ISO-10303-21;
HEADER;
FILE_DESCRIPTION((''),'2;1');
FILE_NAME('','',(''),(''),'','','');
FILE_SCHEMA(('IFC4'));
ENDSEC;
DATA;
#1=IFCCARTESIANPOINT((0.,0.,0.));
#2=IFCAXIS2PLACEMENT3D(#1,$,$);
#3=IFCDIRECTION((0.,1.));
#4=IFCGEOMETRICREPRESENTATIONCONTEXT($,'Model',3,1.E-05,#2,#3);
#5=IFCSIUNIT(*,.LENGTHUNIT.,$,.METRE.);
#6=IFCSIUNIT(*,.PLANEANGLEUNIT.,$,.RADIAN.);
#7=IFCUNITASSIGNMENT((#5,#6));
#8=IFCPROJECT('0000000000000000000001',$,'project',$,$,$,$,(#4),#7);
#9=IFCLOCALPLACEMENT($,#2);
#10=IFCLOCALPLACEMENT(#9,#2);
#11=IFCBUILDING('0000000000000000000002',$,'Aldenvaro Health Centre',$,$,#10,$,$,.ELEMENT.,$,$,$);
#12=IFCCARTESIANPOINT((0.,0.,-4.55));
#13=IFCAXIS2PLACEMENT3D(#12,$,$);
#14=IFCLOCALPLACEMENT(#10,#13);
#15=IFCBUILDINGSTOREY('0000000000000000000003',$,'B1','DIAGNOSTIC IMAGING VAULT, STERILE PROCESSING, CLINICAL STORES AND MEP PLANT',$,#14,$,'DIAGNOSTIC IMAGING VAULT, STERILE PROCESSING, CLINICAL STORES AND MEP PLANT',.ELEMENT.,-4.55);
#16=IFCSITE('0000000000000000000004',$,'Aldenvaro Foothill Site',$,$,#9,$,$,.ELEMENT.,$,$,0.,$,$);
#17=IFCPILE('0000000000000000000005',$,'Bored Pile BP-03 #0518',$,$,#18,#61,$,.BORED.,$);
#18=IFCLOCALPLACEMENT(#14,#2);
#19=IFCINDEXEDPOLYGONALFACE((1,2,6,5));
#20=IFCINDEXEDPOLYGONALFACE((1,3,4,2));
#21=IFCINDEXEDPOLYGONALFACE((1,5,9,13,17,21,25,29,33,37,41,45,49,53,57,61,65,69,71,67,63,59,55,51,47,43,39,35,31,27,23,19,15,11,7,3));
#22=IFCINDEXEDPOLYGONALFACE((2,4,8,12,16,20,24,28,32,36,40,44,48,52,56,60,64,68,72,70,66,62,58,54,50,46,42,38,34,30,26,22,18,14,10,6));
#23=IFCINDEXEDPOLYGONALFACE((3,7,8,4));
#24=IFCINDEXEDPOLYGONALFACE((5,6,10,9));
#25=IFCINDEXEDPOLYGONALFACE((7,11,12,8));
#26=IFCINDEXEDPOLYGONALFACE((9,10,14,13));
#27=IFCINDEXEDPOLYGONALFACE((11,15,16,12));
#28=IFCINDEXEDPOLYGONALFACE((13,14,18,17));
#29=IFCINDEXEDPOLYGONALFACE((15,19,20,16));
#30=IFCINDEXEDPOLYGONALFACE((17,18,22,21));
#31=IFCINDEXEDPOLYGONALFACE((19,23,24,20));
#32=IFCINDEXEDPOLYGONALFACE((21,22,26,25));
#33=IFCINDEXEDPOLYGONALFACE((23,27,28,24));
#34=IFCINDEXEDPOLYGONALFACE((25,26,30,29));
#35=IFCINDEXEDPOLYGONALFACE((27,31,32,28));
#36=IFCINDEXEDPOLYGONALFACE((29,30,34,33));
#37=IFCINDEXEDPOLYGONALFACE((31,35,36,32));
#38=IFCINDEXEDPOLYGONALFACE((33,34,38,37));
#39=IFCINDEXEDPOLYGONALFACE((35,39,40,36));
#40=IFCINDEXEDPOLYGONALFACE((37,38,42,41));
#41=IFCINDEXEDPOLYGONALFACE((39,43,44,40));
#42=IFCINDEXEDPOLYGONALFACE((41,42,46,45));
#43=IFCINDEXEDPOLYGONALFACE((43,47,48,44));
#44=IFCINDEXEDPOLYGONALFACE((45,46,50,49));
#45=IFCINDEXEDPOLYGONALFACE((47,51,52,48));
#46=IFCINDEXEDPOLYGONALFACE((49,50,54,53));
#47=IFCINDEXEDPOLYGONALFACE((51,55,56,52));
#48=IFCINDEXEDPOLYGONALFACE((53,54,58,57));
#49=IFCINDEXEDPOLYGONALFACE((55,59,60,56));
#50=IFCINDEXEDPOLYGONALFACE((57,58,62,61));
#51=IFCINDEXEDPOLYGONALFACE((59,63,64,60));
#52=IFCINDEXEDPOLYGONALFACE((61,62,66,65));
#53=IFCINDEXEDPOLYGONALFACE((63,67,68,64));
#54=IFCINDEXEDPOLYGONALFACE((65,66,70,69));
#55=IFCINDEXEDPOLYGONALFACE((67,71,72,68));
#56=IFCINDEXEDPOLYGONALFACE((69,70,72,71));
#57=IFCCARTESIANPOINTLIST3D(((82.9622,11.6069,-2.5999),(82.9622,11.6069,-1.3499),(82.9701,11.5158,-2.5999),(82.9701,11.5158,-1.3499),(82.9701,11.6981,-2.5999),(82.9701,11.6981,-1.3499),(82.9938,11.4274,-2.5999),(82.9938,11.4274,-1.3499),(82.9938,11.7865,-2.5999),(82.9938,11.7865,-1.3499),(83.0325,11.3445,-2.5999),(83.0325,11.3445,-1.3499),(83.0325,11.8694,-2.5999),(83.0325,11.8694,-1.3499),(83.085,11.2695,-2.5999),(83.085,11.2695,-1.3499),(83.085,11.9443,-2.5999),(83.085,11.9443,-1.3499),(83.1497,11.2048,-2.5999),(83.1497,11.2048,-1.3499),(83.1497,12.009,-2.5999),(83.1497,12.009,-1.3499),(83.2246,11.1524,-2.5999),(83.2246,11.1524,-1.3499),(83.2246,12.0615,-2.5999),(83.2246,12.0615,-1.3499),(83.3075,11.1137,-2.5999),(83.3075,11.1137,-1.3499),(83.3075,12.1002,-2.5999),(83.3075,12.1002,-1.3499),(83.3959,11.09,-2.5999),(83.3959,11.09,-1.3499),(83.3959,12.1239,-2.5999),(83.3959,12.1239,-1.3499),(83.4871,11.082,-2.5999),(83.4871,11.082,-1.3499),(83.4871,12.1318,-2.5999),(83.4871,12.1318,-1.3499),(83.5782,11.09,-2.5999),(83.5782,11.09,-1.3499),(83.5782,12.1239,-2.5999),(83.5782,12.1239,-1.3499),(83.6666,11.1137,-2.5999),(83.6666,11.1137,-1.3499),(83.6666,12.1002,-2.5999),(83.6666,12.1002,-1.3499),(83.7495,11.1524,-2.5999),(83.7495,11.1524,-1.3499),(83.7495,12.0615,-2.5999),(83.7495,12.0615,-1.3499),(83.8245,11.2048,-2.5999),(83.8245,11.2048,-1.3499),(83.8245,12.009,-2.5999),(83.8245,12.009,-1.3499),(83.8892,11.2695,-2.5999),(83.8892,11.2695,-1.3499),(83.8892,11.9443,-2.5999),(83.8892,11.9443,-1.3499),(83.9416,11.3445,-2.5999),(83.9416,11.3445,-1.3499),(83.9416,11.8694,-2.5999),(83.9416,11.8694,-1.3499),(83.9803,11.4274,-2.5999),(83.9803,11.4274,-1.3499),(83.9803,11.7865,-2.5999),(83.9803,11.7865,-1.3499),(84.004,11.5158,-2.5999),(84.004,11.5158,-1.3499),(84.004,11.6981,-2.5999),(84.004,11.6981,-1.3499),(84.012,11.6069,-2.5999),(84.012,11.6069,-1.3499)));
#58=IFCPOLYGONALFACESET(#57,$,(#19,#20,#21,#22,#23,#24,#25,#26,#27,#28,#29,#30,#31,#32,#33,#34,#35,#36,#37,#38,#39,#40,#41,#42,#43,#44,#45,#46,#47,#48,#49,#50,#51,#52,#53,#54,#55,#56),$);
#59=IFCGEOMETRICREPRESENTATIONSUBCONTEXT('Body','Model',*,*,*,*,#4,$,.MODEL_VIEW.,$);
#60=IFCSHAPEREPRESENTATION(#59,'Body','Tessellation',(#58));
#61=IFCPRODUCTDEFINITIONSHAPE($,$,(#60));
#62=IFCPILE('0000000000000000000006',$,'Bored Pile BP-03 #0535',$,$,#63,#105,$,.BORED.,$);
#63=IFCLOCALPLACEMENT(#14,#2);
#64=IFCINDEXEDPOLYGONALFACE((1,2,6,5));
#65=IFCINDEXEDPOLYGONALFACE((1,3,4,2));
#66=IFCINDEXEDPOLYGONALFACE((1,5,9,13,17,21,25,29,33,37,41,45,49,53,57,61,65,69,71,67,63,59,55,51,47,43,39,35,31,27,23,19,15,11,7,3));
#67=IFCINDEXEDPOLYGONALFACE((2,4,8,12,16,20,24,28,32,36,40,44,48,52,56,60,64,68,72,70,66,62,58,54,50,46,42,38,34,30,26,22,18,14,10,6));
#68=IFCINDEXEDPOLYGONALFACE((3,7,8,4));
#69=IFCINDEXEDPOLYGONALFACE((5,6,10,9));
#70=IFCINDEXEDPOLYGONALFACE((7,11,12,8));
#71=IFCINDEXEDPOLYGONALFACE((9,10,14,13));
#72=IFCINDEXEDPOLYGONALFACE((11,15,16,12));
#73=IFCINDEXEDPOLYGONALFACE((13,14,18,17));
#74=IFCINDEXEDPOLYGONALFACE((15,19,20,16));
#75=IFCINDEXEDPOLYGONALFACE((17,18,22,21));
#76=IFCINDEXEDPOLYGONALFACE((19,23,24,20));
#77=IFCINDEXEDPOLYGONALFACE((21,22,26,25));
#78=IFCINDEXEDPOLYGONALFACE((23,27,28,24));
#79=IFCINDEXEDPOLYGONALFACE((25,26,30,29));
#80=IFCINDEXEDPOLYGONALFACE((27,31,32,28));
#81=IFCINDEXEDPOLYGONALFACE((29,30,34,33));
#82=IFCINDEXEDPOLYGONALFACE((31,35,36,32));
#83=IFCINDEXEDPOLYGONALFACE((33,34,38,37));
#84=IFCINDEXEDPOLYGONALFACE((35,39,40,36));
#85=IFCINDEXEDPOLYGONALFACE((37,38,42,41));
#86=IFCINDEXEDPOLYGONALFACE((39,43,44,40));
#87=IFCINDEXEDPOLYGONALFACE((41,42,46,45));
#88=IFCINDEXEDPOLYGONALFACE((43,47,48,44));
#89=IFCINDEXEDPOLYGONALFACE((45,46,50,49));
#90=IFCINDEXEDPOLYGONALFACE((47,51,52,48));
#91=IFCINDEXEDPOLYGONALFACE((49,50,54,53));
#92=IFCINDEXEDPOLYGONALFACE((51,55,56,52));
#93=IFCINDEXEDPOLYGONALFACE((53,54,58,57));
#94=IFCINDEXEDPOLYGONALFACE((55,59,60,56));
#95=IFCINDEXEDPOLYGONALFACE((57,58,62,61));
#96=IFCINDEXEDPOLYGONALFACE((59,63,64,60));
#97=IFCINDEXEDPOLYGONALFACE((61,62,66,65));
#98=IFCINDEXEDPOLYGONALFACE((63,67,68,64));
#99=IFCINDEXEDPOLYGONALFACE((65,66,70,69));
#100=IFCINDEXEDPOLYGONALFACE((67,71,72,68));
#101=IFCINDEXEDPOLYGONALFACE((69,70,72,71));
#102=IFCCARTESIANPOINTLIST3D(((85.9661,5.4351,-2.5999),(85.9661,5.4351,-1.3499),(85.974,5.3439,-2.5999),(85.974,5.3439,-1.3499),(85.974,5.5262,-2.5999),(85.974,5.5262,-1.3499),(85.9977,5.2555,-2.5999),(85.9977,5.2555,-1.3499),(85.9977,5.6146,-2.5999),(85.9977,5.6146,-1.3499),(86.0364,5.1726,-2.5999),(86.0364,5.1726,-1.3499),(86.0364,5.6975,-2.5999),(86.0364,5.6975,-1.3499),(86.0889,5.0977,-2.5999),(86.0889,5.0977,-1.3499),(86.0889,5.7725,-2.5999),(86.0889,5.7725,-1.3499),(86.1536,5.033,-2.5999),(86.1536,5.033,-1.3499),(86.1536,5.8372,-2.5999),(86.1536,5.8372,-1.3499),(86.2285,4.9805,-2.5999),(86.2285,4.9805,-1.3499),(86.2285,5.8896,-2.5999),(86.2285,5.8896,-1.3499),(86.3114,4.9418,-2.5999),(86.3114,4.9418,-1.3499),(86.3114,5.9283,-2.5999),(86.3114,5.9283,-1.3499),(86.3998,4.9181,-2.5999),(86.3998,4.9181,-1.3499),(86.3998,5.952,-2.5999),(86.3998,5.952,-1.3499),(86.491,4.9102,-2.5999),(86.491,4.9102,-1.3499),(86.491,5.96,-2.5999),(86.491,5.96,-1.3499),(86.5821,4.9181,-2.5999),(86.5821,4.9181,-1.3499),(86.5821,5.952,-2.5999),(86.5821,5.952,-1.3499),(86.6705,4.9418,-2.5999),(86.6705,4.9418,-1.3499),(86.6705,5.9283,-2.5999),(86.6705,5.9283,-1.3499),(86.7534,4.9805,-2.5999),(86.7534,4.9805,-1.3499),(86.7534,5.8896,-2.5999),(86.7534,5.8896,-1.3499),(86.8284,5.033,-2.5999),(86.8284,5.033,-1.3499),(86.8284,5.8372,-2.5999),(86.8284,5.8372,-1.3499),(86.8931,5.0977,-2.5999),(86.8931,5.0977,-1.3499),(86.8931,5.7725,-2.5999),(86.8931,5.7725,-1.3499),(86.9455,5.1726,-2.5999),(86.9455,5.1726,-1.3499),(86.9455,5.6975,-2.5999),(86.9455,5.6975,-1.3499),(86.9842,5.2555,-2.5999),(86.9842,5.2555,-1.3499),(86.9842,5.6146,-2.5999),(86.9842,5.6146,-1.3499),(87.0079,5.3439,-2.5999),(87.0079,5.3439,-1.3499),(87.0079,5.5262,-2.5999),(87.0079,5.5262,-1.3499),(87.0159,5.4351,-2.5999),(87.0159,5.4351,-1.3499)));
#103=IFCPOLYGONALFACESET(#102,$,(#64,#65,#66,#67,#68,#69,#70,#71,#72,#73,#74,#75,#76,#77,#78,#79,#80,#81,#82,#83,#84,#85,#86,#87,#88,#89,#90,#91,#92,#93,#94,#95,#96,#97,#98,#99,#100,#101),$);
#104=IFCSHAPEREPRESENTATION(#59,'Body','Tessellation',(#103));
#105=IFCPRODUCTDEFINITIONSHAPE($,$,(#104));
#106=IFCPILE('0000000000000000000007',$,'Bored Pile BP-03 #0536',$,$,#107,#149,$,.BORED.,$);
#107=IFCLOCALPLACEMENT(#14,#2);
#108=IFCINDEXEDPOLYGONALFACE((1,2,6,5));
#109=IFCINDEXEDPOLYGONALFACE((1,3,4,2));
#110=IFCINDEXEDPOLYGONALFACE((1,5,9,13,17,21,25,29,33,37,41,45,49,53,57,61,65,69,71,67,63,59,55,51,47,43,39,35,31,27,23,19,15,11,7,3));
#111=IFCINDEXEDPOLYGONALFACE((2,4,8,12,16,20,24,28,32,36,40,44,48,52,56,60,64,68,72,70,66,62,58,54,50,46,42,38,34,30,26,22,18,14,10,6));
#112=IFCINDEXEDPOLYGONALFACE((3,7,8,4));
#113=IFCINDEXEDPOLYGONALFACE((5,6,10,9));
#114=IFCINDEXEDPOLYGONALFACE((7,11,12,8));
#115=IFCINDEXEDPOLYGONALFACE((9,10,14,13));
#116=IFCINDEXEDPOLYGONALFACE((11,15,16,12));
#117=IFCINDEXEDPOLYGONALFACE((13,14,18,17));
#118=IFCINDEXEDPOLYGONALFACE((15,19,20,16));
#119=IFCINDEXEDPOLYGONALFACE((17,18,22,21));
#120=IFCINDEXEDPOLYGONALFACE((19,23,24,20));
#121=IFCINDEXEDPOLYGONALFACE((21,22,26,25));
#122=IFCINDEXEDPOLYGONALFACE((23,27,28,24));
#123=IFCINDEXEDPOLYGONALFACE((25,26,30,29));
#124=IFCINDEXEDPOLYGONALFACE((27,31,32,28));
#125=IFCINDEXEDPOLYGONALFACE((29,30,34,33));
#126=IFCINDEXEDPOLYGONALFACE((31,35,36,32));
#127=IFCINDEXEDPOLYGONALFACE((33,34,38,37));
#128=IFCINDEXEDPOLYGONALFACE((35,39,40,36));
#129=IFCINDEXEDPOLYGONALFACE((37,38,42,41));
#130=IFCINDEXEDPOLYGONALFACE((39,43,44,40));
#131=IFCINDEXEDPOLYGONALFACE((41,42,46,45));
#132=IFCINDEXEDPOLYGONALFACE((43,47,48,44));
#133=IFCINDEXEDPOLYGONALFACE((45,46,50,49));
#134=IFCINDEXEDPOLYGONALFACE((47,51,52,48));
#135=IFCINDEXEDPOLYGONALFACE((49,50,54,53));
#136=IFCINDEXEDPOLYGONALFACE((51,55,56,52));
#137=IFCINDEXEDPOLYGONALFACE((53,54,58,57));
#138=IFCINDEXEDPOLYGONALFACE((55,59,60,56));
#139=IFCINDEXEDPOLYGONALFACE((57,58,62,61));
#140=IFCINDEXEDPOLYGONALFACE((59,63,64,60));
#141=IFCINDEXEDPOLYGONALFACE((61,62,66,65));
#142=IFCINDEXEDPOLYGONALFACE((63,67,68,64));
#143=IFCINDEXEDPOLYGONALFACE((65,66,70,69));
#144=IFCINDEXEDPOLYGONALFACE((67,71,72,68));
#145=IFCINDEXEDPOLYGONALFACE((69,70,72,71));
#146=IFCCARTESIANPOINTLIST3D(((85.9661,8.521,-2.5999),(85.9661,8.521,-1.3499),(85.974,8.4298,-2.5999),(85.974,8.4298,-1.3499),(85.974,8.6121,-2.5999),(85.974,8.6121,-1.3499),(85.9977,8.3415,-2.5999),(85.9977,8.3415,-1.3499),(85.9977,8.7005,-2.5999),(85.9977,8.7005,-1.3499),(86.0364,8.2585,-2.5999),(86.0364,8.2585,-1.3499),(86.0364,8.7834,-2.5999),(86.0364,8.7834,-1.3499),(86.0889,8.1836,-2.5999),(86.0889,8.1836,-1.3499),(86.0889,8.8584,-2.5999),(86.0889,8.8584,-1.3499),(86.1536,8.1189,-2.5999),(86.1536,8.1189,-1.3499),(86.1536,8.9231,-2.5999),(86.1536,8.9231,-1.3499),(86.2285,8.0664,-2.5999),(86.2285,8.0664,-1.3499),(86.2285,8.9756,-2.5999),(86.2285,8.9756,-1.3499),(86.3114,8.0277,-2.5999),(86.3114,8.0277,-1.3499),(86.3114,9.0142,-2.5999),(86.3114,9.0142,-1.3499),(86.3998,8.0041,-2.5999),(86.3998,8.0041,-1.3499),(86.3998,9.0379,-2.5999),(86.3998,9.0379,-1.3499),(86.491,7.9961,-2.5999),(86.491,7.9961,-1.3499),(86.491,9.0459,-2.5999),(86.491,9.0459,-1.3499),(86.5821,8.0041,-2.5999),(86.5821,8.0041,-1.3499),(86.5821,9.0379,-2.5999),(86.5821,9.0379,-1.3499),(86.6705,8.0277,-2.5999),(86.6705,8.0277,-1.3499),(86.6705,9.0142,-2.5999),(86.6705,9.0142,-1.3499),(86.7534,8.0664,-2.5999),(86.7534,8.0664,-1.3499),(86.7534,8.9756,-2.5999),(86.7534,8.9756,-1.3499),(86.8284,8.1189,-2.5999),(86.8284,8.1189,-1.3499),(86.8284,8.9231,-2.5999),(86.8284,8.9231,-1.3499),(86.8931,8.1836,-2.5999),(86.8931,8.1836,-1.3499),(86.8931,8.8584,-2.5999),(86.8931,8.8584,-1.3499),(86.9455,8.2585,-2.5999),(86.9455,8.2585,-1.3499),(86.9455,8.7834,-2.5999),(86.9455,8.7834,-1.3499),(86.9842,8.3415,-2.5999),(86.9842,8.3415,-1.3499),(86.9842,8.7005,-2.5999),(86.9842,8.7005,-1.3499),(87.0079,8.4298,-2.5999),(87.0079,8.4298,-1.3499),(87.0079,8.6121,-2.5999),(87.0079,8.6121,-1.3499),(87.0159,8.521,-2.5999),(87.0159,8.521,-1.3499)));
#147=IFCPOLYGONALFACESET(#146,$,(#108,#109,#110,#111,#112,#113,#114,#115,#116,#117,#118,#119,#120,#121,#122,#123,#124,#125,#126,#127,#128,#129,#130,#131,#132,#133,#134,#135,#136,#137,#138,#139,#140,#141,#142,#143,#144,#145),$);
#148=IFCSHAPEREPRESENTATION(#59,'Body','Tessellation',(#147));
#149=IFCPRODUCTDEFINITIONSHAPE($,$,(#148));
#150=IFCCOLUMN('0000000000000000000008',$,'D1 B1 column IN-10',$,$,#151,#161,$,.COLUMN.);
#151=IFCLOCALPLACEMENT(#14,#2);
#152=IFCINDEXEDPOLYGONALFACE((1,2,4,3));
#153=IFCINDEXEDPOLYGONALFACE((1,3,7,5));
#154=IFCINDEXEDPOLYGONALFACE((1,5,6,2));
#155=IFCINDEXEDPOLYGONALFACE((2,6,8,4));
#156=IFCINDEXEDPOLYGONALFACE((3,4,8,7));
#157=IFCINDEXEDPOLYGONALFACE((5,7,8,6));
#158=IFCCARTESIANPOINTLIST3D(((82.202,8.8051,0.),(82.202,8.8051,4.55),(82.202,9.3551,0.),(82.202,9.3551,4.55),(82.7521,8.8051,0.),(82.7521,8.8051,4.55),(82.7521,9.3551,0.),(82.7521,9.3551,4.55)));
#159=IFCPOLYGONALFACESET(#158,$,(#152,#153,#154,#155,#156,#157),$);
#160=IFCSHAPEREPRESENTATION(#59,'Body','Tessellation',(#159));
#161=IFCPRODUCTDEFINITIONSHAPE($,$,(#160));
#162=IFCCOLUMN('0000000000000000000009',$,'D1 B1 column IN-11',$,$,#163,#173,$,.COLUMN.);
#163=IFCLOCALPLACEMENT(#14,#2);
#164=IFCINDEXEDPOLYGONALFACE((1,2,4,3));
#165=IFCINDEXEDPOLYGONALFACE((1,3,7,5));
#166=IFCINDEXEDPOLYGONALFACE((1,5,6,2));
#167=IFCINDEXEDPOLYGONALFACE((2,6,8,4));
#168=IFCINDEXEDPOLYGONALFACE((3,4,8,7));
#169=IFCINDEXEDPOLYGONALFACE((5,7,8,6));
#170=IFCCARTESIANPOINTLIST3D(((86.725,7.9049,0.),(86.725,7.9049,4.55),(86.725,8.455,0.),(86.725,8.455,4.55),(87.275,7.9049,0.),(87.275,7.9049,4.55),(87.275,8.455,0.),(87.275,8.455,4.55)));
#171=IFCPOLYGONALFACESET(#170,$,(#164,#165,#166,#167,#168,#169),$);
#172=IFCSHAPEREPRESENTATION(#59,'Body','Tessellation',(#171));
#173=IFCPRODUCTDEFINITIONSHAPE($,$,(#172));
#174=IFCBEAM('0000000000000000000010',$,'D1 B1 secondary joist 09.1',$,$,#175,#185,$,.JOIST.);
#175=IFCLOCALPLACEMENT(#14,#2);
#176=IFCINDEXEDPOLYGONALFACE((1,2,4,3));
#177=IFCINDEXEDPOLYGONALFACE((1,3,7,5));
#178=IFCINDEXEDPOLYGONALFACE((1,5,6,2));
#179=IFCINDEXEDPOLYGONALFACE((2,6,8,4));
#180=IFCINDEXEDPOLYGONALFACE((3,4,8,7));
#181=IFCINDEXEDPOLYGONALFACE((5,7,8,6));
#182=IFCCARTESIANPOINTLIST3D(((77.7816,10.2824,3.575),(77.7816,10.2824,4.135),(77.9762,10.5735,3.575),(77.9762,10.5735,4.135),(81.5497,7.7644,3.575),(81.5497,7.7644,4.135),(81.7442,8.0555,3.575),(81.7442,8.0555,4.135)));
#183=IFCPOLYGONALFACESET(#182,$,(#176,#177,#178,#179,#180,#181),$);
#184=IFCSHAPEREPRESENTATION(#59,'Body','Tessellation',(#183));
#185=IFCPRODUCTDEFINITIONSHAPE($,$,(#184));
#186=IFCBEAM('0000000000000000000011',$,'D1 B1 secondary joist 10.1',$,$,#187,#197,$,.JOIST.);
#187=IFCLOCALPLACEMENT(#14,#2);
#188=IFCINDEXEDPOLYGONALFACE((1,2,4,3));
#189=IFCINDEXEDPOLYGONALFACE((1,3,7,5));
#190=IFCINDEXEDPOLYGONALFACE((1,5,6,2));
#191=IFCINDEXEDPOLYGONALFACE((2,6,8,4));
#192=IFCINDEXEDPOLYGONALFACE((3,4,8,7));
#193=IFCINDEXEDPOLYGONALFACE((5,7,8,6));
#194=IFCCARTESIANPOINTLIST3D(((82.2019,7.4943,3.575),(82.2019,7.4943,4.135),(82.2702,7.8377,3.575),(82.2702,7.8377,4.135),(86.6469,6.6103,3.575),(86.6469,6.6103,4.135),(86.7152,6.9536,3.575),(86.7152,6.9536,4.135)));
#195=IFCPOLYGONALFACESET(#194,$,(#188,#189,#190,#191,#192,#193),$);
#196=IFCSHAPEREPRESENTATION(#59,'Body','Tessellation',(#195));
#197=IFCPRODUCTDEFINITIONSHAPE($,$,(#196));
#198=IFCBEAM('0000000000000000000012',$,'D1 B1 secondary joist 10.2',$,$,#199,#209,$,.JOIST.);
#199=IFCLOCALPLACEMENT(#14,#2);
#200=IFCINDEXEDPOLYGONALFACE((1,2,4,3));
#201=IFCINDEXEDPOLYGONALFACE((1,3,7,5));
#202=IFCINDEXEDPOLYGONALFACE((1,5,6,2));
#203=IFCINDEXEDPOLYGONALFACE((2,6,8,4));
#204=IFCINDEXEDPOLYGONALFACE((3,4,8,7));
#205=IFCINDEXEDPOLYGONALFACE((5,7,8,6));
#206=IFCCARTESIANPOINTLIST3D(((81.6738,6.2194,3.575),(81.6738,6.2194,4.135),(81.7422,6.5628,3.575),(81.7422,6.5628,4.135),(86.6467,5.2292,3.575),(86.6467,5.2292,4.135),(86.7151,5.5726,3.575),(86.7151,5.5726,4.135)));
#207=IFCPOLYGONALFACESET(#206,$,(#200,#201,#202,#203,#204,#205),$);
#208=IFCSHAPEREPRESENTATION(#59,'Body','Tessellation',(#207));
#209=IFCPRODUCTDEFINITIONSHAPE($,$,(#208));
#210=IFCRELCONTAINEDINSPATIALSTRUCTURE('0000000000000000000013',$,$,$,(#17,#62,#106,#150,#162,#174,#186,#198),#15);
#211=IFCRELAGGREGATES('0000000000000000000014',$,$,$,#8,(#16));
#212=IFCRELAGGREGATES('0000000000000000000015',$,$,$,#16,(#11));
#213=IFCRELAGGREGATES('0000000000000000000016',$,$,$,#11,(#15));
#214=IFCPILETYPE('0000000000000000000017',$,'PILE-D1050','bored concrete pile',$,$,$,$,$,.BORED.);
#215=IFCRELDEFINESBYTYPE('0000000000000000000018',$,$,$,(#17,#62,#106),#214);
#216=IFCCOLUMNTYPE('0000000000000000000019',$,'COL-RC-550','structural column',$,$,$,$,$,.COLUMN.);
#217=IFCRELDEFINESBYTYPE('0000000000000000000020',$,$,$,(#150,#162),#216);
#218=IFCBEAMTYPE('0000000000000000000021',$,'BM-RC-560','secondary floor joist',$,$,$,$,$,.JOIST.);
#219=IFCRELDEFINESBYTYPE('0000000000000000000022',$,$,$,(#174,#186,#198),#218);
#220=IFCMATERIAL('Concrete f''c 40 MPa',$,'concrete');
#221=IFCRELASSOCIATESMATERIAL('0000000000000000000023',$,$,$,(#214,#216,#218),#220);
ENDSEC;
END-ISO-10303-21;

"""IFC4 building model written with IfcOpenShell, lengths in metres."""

from ifc_helpers import new_model, si_unit, direction, frame, origin, origin_2d, place, context, subcontext, project, spatial, rectangle, circle, extrude, material, material_profile, profile_set, type_object, element, save


model = new_model("IFC4")

# Units and contexts
model_context = context("Model", 3, precision=1e-05, world=origin(), true_north=direction((0.0, 1.0)))
body_context = subcontext(model_context, "Body", "Model", "MODEL_VIEW")
ifc_project = project(units=[si_unit("LENGTHUNIT", "METRE"), si_unit("PLANEANGLEUNIT", "RADIAN")], contexts=[model_context])

# Site, building, storey
site_placement = place(None, origin())
site = spatial("IfcSite", under=ifc_project, at=site_placement, Name="Aldenvaro Foothill Site", CompositionType="ELEMENT", RefElevation=0.0)
building_placement = place(site_placement, origin())
building = spatial("IfcBuilding", under=site, at=building_placement, Name="Aldenvaro Health Centre", CompositionType="ELEMENT")
storey_placement = place(building_placement, frame((0.0, 0.0, -4.55)))
storey = spatial("IfcBuildingStorey", under=building, at=storey_placement, Name="B1", Description="DIAGNOSTIC IMAGING VAULT, STERILE PROCESSING, CLINICAL STORES AND MEP PLANT", LongName="DIAGNOSTIC IMAGING VAULT, STERILE PROCESSING, CLINICAL STORES AND MEP PLANT", CompositionType="ELEMENT", Elevation=-4.55)

# Piles
ifc_material_1 = material(Name="Concrete f'c 40 MPa", Category="concrete")
ifc_material_profile_1 = material_profile(ifc_material_1, circle(Radius=0.5249, at=origin_2d()), Name="PILE D1050", Category="concrete")
ifc_profile_set_1 = profile_set([ifc_material_profile_1], Name="Concrete f'c 40 MPa")
pile_type = type_object("IfcPileType", Name="PILE-D1050", Description="bored concrete pile", PredefinedType="BORED", material=ifc_profile_set_1)
for number, where, z_axis, x_axis, name in (
    (1, (83.4871, 11.6069, -1.3499), (0.0, 0.0, -1.0), (1.0, 0.0, 0.0), "Bored Pile BP-03 #0518"),
    (2, (86.491, 5.4351, -1.3499), (0.0, 0.0, -1.0), (1.0, 0.0, 0.0), "Bored Pile BP-03 #0535"),
    (3, (86.491, 8.521, -1.3499), (0.0, 0.0, -1.0), (1.0, 0.0, 0.0), "Bored Pile BP-03 #0536"),
):
    element("IfcPile", number, at=place(storey_placement, frame(where, z_axis=z_axis, x_axis=x_axis)), inside=storey, type_object=pile_type, Name=name, PredefinedType="BORED", context=body_context, shape_type="SweptSolid", body=[
        extrude(circle(Radius=0.5249, at=origin_2d()), origin(), (0.0, 0.0, 1.0), 1.25),
    ])

# Columns
ifc_material_profile_2 = material_profile(ifc_material_1, rectangle(XDim=0.55, YDim=0.55, at=origin_2d()), Name="RC 550x550", Category="concrete")
ifc_profile_set_2 = profile_set([ifc_material_profile_2], Name="Concrete f'c 40 MPa")
column_type = type_object("IfcColumnType", Name="COL-RC-550", Description="structural column", PredefinedType="COLUMN", material=ifc_profile_set_2)
for number, where, z_axis, x_axis, name in (
    (4, (82.4771, 9.0801, 0.0), (0.0, 0.0, 1.0), (1.0, 0.0, 0.0), "D1 B1 column IN-10"),
    (5, (87.0, 8.1799, 0.0), (0.0, 0.0, 1.0), (1.0, 0.0, 0.0), "D1 B1 column IN-11"),
):
    element("IfcColumn", number, at=place(storey_placement, frame(where, z_axis=z_axis, x_axis=x_axis)), inside=storey, type_object=column_type, Name=name, PredefinedType="COLUMN", context=body_context, shape_type="SweptSolid", body=[
        extrude(rectangle(XDim=0.55, YDim=0.55, at=origin_2d()), origin(), (0.0, 0.0, 1.0), 4.55),
    ])

# Beams
ifc_material_profile_3 = material_profile(ifc_material_1, rectangle(XDim=0.3501, YDim=0.5601, at=origin_2d()), Name="RC 350x560", Category="concrete")
ifc_profile_set_3 = profile_set([ifc_material_profile_3], Name="Concrete f'c 40 MPa")
beam_type_1 = type_object("IfcBeamType", Name="BM-RC-560", Description="secondary floor joist", PredefinedType="JOIST", material=ifc_profile_set_3)
for number, where, z_axis, x_axis, name in (
    (6, (77.8789, 10.428, 3.855), (0.831436, -0.55562, 0.0), (0.55562, 0.831436, 0.0), "D1 B1 secondary joist 09.1"),
    (7, (82.2361, 7.666, 3.855), (0.980789, -0.19507, 0.0), (0.19507, 0.980789, 0.0), "D1 B1 secondary joist 10.1"),
):
    element("IfcBeam", number, at=place(storey_placement, frame(where, z_axis=z_axis, x_axis=x_axis)), inside=storey, type_object=beam_type_1, Name=name, PredefinedType="JOIST", context=body_context, shape_type="SweptSolid", body=[
        extrude(rectangle(XDim=0.3501, YDim=0.5601, at=origin_2d()), origin(), (0.0, 0.0, 1.0), 4.532),
    ])
beam_1_placement = place(storey_placement, frame((81.708, 6.3911, 3.855), z_axis=(0.980745, -0.195292, 0.0), x_axis=(0.195292, 0.980745, 0.0)))
element("IfcBeam", 8, at=beam_1_placement, inside=storey, type_object=beam_type_1, Name="D1 B1 secondary joist 10.2", PredefinedType="JOIST", context=body_context, shape_type="SweptSolid", body=[
    extrude(rectangle(XDim=0.3501, YDim=0.5601, at=origin_2d()), origin(), (0.0, 0.0, 1.0), 5.0706),
])

save(model, "model.ifc")
